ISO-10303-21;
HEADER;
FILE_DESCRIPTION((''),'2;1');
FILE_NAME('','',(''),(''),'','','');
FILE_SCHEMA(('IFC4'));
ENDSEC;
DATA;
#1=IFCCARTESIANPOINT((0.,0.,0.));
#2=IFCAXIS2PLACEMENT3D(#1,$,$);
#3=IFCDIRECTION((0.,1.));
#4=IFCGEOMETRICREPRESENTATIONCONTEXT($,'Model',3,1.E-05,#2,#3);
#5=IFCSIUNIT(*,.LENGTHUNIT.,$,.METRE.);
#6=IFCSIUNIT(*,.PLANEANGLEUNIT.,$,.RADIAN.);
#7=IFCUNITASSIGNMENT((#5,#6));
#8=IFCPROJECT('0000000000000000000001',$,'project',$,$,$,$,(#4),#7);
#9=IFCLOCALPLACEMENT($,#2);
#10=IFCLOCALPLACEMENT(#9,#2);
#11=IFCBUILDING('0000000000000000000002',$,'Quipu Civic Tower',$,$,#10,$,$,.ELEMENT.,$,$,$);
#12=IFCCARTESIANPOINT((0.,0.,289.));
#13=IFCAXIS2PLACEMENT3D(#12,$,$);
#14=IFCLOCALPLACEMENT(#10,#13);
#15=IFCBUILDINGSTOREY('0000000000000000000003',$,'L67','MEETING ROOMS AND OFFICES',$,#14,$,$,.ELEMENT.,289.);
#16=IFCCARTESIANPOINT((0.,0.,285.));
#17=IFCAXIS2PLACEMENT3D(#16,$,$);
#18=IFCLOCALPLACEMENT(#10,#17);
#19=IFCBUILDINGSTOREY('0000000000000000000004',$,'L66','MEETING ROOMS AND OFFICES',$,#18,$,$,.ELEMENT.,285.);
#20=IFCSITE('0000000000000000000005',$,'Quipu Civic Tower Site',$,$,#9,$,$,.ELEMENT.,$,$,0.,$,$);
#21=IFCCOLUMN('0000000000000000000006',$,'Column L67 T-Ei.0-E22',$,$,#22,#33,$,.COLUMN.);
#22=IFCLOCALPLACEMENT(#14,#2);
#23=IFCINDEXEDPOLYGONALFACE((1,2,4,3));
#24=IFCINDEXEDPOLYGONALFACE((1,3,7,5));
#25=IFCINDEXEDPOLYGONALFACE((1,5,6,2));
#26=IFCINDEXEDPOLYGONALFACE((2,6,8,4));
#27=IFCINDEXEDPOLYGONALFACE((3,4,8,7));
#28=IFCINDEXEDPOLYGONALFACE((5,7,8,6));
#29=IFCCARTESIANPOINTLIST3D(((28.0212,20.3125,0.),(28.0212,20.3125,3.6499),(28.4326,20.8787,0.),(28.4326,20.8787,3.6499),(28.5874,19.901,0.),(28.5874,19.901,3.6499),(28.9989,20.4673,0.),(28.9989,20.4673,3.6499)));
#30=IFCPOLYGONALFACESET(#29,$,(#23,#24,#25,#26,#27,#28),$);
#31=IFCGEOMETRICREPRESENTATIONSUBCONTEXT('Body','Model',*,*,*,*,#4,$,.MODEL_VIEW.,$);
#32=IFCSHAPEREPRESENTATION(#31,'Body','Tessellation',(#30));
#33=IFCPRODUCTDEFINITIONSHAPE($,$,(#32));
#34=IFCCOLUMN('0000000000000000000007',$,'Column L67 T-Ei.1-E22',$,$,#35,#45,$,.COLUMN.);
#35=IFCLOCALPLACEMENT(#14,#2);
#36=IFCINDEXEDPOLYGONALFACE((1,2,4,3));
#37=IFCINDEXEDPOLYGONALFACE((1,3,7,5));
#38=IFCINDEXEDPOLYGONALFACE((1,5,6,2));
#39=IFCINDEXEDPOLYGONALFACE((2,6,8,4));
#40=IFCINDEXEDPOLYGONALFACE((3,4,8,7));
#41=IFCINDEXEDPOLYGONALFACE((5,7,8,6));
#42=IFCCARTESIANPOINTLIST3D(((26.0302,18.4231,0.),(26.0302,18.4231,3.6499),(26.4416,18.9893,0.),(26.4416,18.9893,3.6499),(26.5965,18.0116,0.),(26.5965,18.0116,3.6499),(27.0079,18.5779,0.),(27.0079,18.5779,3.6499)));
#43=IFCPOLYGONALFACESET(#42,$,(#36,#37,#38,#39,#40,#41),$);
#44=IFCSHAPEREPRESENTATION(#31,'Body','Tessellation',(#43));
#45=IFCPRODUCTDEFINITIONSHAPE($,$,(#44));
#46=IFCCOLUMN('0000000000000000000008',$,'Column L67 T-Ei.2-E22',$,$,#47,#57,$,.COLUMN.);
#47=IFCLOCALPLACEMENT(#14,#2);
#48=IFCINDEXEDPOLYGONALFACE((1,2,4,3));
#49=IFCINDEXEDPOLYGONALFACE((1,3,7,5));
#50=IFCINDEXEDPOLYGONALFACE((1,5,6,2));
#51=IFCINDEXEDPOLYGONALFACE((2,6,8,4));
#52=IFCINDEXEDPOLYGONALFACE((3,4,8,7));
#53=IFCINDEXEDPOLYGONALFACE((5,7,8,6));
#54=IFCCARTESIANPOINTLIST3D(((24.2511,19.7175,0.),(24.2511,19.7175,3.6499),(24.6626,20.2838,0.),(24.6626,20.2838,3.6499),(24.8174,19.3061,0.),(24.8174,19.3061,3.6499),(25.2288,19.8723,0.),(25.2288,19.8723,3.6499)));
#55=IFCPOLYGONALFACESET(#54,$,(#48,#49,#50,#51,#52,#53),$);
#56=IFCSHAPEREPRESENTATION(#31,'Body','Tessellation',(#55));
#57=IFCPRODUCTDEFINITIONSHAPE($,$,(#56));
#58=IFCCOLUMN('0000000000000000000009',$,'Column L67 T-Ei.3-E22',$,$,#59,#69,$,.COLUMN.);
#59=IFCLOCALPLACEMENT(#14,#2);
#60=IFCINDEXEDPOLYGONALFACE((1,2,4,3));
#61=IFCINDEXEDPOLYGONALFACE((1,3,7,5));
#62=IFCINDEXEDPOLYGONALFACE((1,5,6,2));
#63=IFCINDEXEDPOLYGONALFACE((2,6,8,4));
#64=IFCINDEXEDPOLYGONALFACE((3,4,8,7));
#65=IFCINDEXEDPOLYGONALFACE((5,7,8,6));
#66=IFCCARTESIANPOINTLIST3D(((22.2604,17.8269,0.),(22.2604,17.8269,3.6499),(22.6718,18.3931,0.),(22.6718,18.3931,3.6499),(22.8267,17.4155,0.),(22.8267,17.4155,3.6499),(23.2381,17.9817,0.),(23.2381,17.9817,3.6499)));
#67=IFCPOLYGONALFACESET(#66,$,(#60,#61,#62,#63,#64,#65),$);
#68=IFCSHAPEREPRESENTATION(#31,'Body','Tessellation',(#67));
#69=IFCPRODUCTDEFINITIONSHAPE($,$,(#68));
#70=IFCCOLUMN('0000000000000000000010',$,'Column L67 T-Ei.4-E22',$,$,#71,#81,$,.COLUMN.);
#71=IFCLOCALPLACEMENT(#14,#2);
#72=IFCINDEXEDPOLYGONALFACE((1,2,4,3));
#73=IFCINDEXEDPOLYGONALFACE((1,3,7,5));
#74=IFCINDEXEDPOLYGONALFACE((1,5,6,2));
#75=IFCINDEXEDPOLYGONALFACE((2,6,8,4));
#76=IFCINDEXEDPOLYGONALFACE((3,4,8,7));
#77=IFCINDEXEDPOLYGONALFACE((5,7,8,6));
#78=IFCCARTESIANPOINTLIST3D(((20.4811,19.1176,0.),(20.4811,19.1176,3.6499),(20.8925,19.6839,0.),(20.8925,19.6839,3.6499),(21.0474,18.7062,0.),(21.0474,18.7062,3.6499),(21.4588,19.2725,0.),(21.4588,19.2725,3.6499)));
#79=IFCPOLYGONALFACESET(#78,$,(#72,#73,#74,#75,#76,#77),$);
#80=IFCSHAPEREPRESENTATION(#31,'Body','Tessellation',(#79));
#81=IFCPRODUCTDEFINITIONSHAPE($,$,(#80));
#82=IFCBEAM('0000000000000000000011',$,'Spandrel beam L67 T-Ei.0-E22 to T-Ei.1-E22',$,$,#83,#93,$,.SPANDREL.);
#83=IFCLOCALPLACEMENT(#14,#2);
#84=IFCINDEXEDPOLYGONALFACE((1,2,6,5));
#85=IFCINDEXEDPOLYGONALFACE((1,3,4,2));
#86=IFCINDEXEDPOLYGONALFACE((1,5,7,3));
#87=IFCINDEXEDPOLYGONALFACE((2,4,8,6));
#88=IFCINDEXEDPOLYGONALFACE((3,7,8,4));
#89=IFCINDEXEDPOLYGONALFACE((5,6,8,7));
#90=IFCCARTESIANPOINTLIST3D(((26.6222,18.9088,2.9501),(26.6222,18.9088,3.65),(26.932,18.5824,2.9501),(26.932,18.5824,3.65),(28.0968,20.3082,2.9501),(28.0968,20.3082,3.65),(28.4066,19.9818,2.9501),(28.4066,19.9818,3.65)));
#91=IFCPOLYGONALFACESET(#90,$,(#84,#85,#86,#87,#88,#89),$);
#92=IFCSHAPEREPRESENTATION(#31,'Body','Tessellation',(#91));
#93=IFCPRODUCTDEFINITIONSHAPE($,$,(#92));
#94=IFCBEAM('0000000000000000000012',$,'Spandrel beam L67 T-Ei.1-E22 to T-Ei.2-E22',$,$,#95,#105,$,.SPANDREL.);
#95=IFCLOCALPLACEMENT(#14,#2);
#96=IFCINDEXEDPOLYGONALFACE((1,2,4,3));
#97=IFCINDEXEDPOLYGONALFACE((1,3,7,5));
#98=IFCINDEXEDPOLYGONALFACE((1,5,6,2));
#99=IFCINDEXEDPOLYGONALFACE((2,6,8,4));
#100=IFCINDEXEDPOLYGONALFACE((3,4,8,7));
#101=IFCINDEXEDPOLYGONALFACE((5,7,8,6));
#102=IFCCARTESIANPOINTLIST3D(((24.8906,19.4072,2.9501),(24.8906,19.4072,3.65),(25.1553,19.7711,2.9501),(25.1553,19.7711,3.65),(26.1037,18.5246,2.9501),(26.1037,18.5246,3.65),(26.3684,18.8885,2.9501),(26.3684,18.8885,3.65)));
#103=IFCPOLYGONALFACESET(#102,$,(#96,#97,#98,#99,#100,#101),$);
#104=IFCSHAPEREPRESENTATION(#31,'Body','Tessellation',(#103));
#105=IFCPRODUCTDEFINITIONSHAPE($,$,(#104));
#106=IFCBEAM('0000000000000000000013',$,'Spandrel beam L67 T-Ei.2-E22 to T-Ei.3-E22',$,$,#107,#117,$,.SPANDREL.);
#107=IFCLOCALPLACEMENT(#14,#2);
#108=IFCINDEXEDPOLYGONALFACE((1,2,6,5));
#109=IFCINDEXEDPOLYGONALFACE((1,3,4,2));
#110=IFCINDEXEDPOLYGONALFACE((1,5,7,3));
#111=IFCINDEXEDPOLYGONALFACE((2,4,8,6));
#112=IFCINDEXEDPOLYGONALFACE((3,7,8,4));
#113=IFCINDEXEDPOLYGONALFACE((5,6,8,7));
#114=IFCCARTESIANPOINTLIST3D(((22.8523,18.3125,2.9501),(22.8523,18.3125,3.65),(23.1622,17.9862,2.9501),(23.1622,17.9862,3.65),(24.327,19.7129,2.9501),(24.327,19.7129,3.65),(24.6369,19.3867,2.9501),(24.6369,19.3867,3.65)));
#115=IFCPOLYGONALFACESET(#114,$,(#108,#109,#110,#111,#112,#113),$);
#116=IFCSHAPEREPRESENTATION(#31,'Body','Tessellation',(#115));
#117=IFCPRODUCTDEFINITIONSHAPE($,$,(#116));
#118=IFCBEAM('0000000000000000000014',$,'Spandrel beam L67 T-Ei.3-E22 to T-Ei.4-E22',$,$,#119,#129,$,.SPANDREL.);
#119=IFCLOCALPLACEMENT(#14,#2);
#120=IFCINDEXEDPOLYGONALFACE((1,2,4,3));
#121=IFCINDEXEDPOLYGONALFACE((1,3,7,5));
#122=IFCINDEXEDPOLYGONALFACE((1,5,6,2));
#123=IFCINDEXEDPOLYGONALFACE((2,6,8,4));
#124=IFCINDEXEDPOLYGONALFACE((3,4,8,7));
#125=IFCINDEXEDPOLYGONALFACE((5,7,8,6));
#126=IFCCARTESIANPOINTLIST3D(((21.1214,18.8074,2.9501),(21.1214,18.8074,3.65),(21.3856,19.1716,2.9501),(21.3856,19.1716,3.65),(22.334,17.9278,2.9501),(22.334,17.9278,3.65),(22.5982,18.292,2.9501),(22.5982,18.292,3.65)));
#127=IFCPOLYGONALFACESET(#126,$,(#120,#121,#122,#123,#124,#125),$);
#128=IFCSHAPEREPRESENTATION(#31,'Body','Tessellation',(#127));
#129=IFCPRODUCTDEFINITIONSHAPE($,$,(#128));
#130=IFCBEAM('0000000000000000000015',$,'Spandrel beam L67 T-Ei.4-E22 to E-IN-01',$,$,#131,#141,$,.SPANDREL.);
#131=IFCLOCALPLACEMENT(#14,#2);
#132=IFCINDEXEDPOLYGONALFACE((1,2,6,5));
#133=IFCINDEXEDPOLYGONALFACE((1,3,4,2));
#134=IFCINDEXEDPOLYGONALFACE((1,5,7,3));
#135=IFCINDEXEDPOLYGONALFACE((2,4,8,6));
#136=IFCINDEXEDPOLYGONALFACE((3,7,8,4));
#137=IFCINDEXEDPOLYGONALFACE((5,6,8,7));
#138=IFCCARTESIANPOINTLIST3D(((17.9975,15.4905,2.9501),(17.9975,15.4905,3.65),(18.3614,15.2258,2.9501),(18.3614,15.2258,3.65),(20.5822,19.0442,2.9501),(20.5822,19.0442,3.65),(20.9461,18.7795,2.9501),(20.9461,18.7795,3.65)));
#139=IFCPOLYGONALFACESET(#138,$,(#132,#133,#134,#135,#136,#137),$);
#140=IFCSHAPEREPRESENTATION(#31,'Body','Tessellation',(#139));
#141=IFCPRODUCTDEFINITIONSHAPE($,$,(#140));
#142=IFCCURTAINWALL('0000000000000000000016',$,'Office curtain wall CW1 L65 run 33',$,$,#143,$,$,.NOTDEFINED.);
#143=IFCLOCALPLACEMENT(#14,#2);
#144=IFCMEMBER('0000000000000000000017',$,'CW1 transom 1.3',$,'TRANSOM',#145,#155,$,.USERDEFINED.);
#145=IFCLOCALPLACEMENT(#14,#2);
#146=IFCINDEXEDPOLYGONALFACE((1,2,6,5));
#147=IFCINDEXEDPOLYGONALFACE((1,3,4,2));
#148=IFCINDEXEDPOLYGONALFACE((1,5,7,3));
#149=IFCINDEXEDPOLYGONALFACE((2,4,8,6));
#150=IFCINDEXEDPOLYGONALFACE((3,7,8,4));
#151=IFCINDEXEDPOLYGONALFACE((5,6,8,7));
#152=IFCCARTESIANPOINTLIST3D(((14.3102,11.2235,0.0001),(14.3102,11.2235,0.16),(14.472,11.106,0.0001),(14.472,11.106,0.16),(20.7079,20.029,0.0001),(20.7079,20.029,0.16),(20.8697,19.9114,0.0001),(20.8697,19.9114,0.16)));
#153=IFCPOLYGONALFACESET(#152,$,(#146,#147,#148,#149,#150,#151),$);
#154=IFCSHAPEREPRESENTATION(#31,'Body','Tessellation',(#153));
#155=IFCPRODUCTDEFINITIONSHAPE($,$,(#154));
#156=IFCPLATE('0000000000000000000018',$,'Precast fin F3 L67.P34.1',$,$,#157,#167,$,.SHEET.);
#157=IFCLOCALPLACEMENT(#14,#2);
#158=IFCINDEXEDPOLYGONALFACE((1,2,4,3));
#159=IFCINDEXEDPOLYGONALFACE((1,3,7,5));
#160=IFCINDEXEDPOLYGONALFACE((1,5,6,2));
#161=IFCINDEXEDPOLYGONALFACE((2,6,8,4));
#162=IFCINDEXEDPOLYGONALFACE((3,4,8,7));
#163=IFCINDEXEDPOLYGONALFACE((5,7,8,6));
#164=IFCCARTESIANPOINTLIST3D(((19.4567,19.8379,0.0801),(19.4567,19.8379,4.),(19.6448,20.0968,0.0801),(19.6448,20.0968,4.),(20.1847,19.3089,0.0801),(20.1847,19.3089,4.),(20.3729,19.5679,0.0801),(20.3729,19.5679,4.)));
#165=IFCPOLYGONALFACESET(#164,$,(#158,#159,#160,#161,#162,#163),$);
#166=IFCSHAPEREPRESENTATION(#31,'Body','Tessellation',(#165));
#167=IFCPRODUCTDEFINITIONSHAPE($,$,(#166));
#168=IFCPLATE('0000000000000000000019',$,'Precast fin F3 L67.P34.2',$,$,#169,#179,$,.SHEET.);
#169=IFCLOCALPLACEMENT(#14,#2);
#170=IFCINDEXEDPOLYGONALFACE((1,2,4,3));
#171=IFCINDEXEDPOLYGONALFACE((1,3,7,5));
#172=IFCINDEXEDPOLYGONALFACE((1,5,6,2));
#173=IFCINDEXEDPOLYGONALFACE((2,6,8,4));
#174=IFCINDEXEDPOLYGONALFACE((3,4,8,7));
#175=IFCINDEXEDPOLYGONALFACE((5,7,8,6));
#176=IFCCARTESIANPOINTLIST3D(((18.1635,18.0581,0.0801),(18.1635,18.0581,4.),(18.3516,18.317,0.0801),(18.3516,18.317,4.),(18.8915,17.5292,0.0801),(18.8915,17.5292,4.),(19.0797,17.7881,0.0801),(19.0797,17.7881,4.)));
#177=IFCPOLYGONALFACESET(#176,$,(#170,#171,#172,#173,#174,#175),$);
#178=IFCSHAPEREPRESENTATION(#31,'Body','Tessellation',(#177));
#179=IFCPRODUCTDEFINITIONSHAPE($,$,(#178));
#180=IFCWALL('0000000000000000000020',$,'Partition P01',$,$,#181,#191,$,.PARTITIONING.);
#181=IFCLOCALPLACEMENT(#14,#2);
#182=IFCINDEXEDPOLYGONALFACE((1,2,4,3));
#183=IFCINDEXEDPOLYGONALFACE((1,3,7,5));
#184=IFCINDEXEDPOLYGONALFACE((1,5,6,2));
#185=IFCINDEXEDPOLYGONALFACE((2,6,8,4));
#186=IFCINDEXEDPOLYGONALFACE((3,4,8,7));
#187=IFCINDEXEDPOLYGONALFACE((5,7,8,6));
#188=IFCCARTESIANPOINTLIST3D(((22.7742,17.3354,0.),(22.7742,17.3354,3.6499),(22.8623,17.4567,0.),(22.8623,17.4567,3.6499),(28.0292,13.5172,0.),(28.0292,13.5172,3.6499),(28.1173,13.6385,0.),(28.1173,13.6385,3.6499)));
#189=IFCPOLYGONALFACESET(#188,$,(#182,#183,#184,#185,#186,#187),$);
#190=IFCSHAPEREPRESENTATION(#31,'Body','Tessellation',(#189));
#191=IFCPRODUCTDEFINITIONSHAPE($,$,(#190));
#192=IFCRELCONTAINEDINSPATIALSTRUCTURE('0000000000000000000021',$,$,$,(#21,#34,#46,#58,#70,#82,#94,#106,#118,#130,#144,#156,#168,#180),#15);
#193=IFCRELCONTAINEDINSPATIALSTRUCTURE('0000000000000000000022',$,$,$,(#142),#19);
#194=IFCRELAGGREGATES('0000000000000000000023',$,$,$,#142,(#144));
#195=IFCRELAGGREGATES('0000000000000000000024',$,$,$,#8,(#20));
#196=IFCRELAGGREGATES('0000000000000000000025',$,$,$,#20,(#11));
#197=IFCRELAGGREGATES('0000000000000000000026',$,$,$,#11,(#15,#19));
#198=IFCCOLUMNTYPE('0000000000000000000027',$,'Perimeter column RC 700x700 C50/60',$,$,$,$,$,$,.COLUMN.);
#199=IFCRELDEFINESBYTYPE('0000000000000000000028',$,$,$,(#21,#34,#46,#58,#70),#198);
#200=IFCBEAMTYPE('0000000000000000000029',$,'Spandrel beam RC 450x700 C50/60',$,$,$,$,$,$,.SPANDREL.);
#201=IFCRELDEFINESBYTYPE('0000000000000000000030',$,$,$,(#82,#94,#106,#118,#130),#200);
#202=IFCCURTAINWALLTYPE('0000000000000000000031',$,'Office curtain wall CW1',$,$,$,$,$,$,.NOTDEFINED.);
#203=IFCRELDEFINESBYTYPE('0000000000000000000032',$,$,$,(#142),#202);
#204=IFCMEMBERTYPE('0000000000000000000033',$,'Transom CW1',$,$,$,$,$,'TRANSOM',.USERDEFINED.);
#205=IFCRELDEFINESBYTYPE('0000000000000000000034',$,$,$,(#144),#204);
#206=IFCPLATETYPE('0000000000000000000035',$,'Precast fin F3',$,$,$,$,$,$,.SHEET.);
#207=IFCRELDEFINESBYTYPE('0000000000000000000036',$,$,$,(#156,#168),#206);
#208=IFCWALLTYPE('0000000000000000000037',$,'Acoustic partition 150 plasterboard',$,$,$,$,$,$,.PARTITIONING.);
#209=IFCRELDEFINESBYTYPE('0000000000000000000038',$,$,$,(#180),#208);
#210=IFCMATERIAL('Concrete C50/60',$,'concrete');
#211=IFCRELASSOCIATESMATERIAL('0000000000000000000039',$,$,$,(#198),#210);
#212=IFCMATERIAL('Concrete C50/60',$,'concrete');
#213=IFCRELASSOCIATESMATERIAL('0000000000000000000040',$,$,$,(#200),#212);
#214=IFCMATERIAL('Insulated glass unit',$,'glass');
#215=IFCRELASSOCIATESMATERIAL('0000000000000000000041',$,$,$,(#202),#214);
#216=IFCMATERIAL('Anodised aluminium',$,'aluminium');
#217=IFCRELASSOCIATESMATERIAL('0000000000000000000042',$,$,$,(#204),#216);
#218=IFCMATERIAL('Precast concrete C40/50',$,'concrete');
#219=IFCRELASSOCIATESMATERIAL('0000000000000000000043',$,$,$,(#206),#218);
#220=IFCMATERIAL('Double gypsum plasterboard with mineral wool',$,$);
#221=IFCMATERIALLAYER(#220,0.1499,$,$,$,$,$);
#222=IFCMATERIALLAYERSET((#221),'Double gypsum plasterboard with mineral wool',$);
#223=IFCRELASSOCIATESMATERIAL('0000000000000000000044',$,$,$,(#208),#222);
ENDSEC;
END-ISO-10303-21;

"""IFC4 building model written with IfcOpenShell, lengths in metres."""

from ifc_helpers import new_model, si_unit, direction, frame, frame_2d, origin, origin_2d, place, context, subcontext, project, spatial, rectangle, extrude, material, layer, layer_set, material_profile, profile_set, type_object, element, aggregate, save


model = new_model("IFC4")

# Units and contexts
model_context = context("Model", 3, precision=1e-05, world=origin(), true_north=direction((0.0, 1.0)))
body_context = subcontext(model_context, "Body", "Model", "MODEL_VIEW")
ifc_project = project(units=[si_unit("LENGTHUNIT", "METRE"), si_unit("PLANEANGLEUNIT", "RADIAN")], contexts=[model_context])

# Site, building, storey
site_placement = place(None, origin())
site = spatial("IfcSite", under=ifc_project, at=site_placement, Name="Quipu Civic Tower Site", CompositionType="ELEMENT", RefElevation=0.0)
building_placement = place(site_placement, origin())
building = spatial("IfcBuilding", under=site, at=building_placement, Name="Quipu Civic Tower", CompositionType="ELEMENT")
storey_1_placement = place(building_placement, frame((0.0, 0.0, 289.0)))
storey_1 = spatial("IfcBuildingStorey", under=building, at=storey_1_placement, Name="L67", Description="MEETING ROOMS AND OFFICES", CompositionType="ELEMENT", Elevation=289.0)

# Columns
ifc_material_1 = material(Name="Concrete C50/60", Category="concrete")
ifc_material_profile_1 = material_profile(ifc_material_1, rectangle(XDim=0.7, YDim=0.7, at=origin_2d()), Name="RC700x700")
ifc_profile_set_1 = profile_set([ifc_material_profile_1], Name="Concrete C50/60")
column_type = type_object("IfcColumnType", Name="Perimeter column RC 700x700 C50/60", PredefinedType="COLUMN", material=ifc_profile_set_1)
for number, where, z_axis, x_axis, name in (
    (1, (28.51, 20.3899, 0.0), (0.0, 0.0, 1.0), (-0.587785, -0.809017, 0.0), "Column L67 T-Ei.0-E22"),
    (2, (26.519, 18.5005, 0.0), (0.0, 0.0, 1.0), (-0.809017, 0.587785, 0.0), "Column L67 T-Ei.1-E22"),
    (3, (24.74, 19.7949, 0.0), (0.0, 0.0, 1.0), (-0.587785, -0.809017, 0.0), "Column L67 T-Ei.2-E22"),
    (4, (22.7493, 17.9043, 0.0), (0.0, 0.0, 1.0), (-0.587785, -0.809017, 0.0), "Column L67 T-Ei.3-E22"),
    (5, (20.97, 19.1951, 0.0), (0.0, 0.0, 1.0), (-0.587785, -0.809017, 0.0), "Column L67 T-Ei.4-E22"),
):
    element("IfcColumn", number, at=place(storey_1_placement, frame(where, z_axis=z_axis, x_axis=x_axis)), inside=storey_1, type_object=column_type, Name=name, PredefinedType="COLUMN", context=body_context, shape_type="SweptSolid", body=[
        extrude(rectangle(XDim=0.7, YDim=0.7, at=origin_2d()), origin(), (0.0, 0.0, 1.0), 3.6499),
    ])

# Beams
ifc_material_2 = material(Name="Concrete C50/60", Category="concrete")
ifc_material_profile_2 = material_profile(ifc_material_2, rectangle(XDim=0.45, YDim=0.7, at=origin_2d()), Name="RC450x700")
ifc_profile_set_2 = profile_set([ifc_material_profile_2], Name="Concrete C50/60")
beam_type = type_object("IfcBeamType", Name="Spandrel beam RC 450x700 C50/60", PredefinedType="SPANDREL", material=ifc_profile_set_2)
beam_1_placement = place(storey_1_placement, frame((28.2517, 20.145, 3.3), z_axis=(-0.725359, -0.688371, 0.0), x_axis=(0.688371, -0.725359, 0.0)))
element("IfcBeam", 6, at=beam_1_placement, inside=storey_1, type_object=beam_type, Name="Spandrel beam L67 T-Ei.0-E22 to T-Ei.1-E22", PredefinedType="SPANDREL", context=body_context, shape_type="SweptSolid", body=[
    extrude(rectangle(XDim=0.45, YDim=0.7, at=origin_2d()), origin(), (0.0, 0.0, 1.0), 2.033),
])
beam_2_placement = place(storey_1_placement, frame((26.2361, 18.7065, 3.3), z_axis=(-0.808645, 0.588297, 0.0), x_axis=(-0.588297, -0.808645, 0.0)))
element("IfcBeam", 7, at=beam_2_placement, inside=storey_1, type_object=beam_type, Name="Spandrel beam L67 T-Ei.1-E22 to T-Ei.2-E22", PredefinedType="SPANDREL", context=body_context, shape_type="SweptSolid", body=[
    extrude(rectangle(XDim=0.45, YDim=0.7, at=origin_2d()), origin(), (0.0, 0.0, 1.0), 1.5002),
])
beam_3_placement = place(storey_1_placement, frame((24.4819, 19.5498, 3.3), z_axis=(-0.725119, -0.688623, 0.0), x_axis=(0.688623, -0.725119, 0.0)))
element("IfcBeam", 8, at=beam_3_placement, inside=storey_1, type_object=beam_type, Name="Spandrel beam L67 T-Ei.2-E22 to T-Ei.3-E22", PredefinedType="SPANDREL", context=body_context, shape_type="SweptSolid", body=[
    extrude(rectangle(XDim=0.45, YDim=0.7, at=origin_2d()), origin(), (0.0, 0.0, 1.0), 2.0337),
])
beam_4_placement = place(storey_1_placement, frame((22.4661, 18.1099, 3.3), z_axis=(-0.809461, 0.587173, 0.0), x_axis=(-0.587173, -0.809461, 0.0)))
element("IfcBeam", 9, at=beam_4_placement, inside=storey_1, type_object=beam_type, Name="Spandrel beam L67 T-Ei.3-E22 to T-Ei.4-E22", PredefinedType="SPANDREL", context=body_context, shape_type="SweptSolid", body=[
    extrude(rectangle(XDim=0.45, YDim=0.7, at=origin_2d()), origin(), (0.0, 0.0, 1.0), 1.498),
])
beam_5_placement = place(storey_1_placement, frame((20.7642, 18.9119, 3.3), z_axis=(-0.588201, -0.808714, 0.0), x_axis=(0.808714, -0.588201, 0.0)))
element("IfcBeam", 10, at=beam_5_placement, inside=storey_1, type_object=beam_type, Name="Spandrel beam L67 T-Ei.4-E22 to E-IN-01", PredefinedType="SPANDREL", context=body_context, shape_type="SweptSolid", body=[
    extrude(rectangle(XDim=0.45, YDim=0.7, at=origin_2d()), origin(), (0.0, 0.0, 1.0), 4.3943),
])

# Shared definitions
storey_2_placement = place(building_placement, frame((0.0, 0.0, 285.0)))
storey_2 = spatial("IfcBuildingStorey", under=building, at=storey_2_placement, Name="L66", Description="MEETING ROOMS AND OFFICES", CompositionType="ELEMENT", Elevation=285.0)

# Curtain wall, member
ifc_material_3 = material(Name="Insulated glass unit", Category="glass")
curtain_wall_type = type_object("IfcCurtainWallType", Name="Office curtain wall CW1", PredefinedType="NOTDEFINED", material=ifc_material_3)
curtain_wall_placement = place(storey_2_placement, origin())
curtain_wall = element("IfcCurtainWall", 11, at=curtain_wall_placement, inside=storey_2, type_object=curtain_wall_type, Name="Office curtain wall CW1 L65 run 33", PredefinedType="NOTDEFINED")
ifc_material_4 = material(Name="Anodised aluminium", Category="aluminium")
ifc_material_profile_3 = material_profile(ifc_material_4, rectangle(XDim=0.2, YDim=0.1599, at=origin_2d()), Name="RECT 200x160")
ifc_profile_set_3 = profile_set([ifc_material_profile_3], Name="Anodised aluminium")
member_type = type_object("IfcMemberType", Name="Transom CW1", ElementType="TRANSOM", PredefinedType="USERDEFINED", material=ifc_profile_set_3)
member_placement = place(storey_1_placement, frame((20.7888, 19.9702, 0.0801), z_axis=(-0.587797, -0.809009, 0.0), x_axis=(0.809009, -0.587797, 0.0)))
member = element("IfcMember", 12, at=member_placement, inside=storey_1, type_object=member_type, Name="CW1 transom 1.3", ObjectType="TRANSOM", PredefinedType="USERDEFINED", context=body_context, shape_type="SweptSolid", body=[
    extrude(rectangle(XDim=0.2, YDim=0.1599, at=origin_2d()), origin(), (0.0, 0.0, 1.0), 10.8843),
])
aggregate(curtain_wall, [member])

# Plates
ifc_material_5 = material(Name="Precast concrete C40/50", Category="concrete")
plate_type = type_object("IfcPlateType", Name="Precast fin F3", PredefinedType="SHEET", material=ifc_material_5)
for number, where, z_axis, x_axis, name in (
    (13, (19.9148, 19.7029, 0.0801), (0.0, 0.0, 1.0), (-0.587784, -0.809018, 0.0), "Precast fin F3 L67.P34.1"),
    (14, (18.6216, 17.9231, 0.0801), (0.0, 0.0, 1.0), (-0.587784, -0.809018, 0.0), "Precast fin F3 L67.P34.2"),
):
    element("IfcPlate", number, at=place(storey_1_placement, frame(where, z_axis=z_axis, x_axis=x_axis)), inside=storey_1, type_object=plate_type, Name=name, PredefinedType="SHEET", context=body_context, shape_type="SweptSolid", body=[
        extrude(rectangle(XDim=0.3201, YDim=0.8999, at=origin_2d()), origin(), (0.0, 0.0, 1.0), 3.9199),
    ])

# Wall
ifc_material_6 = material(Name="Double gypsum plasterboard with mineral wool")
ifc_layer_1 = layer(ifc_material_6, 0.1499)
ifc_layer_set_1 = layer_set([ifc_layer_1], Name="Double gypsum plasterboard with mineral wool")
wall_type_1 = type_object("IfcWallType", Name="Acoustic partition 150 plasterboard", PredefinedType="PARTITIONING", material=ifc_layer_set_1)
wall_1_placement = place(storey_1_placement, frame((28.0732, 13.5779, 0.0), z_axis=(0.0, 0.0, 1.0), x_axis=(-0.809001, 0.587807, 0.0)))
element("IfcWall", 15, at=wall_1_placement, inside=storey_1, type_object=wall_type_1, Name="Partition P01", PredefinedType="PARTITIONING", context=body_context, shape_type="SweptSolid", body=[
    extrude(rectangle(XDim=6.4956, YDim=0.1499, at=frame_2d((3.2478, 0.0))), origin(), (0.0, 0.0, 1.0), 3.6499),
])

save(model, "model.ifc")
